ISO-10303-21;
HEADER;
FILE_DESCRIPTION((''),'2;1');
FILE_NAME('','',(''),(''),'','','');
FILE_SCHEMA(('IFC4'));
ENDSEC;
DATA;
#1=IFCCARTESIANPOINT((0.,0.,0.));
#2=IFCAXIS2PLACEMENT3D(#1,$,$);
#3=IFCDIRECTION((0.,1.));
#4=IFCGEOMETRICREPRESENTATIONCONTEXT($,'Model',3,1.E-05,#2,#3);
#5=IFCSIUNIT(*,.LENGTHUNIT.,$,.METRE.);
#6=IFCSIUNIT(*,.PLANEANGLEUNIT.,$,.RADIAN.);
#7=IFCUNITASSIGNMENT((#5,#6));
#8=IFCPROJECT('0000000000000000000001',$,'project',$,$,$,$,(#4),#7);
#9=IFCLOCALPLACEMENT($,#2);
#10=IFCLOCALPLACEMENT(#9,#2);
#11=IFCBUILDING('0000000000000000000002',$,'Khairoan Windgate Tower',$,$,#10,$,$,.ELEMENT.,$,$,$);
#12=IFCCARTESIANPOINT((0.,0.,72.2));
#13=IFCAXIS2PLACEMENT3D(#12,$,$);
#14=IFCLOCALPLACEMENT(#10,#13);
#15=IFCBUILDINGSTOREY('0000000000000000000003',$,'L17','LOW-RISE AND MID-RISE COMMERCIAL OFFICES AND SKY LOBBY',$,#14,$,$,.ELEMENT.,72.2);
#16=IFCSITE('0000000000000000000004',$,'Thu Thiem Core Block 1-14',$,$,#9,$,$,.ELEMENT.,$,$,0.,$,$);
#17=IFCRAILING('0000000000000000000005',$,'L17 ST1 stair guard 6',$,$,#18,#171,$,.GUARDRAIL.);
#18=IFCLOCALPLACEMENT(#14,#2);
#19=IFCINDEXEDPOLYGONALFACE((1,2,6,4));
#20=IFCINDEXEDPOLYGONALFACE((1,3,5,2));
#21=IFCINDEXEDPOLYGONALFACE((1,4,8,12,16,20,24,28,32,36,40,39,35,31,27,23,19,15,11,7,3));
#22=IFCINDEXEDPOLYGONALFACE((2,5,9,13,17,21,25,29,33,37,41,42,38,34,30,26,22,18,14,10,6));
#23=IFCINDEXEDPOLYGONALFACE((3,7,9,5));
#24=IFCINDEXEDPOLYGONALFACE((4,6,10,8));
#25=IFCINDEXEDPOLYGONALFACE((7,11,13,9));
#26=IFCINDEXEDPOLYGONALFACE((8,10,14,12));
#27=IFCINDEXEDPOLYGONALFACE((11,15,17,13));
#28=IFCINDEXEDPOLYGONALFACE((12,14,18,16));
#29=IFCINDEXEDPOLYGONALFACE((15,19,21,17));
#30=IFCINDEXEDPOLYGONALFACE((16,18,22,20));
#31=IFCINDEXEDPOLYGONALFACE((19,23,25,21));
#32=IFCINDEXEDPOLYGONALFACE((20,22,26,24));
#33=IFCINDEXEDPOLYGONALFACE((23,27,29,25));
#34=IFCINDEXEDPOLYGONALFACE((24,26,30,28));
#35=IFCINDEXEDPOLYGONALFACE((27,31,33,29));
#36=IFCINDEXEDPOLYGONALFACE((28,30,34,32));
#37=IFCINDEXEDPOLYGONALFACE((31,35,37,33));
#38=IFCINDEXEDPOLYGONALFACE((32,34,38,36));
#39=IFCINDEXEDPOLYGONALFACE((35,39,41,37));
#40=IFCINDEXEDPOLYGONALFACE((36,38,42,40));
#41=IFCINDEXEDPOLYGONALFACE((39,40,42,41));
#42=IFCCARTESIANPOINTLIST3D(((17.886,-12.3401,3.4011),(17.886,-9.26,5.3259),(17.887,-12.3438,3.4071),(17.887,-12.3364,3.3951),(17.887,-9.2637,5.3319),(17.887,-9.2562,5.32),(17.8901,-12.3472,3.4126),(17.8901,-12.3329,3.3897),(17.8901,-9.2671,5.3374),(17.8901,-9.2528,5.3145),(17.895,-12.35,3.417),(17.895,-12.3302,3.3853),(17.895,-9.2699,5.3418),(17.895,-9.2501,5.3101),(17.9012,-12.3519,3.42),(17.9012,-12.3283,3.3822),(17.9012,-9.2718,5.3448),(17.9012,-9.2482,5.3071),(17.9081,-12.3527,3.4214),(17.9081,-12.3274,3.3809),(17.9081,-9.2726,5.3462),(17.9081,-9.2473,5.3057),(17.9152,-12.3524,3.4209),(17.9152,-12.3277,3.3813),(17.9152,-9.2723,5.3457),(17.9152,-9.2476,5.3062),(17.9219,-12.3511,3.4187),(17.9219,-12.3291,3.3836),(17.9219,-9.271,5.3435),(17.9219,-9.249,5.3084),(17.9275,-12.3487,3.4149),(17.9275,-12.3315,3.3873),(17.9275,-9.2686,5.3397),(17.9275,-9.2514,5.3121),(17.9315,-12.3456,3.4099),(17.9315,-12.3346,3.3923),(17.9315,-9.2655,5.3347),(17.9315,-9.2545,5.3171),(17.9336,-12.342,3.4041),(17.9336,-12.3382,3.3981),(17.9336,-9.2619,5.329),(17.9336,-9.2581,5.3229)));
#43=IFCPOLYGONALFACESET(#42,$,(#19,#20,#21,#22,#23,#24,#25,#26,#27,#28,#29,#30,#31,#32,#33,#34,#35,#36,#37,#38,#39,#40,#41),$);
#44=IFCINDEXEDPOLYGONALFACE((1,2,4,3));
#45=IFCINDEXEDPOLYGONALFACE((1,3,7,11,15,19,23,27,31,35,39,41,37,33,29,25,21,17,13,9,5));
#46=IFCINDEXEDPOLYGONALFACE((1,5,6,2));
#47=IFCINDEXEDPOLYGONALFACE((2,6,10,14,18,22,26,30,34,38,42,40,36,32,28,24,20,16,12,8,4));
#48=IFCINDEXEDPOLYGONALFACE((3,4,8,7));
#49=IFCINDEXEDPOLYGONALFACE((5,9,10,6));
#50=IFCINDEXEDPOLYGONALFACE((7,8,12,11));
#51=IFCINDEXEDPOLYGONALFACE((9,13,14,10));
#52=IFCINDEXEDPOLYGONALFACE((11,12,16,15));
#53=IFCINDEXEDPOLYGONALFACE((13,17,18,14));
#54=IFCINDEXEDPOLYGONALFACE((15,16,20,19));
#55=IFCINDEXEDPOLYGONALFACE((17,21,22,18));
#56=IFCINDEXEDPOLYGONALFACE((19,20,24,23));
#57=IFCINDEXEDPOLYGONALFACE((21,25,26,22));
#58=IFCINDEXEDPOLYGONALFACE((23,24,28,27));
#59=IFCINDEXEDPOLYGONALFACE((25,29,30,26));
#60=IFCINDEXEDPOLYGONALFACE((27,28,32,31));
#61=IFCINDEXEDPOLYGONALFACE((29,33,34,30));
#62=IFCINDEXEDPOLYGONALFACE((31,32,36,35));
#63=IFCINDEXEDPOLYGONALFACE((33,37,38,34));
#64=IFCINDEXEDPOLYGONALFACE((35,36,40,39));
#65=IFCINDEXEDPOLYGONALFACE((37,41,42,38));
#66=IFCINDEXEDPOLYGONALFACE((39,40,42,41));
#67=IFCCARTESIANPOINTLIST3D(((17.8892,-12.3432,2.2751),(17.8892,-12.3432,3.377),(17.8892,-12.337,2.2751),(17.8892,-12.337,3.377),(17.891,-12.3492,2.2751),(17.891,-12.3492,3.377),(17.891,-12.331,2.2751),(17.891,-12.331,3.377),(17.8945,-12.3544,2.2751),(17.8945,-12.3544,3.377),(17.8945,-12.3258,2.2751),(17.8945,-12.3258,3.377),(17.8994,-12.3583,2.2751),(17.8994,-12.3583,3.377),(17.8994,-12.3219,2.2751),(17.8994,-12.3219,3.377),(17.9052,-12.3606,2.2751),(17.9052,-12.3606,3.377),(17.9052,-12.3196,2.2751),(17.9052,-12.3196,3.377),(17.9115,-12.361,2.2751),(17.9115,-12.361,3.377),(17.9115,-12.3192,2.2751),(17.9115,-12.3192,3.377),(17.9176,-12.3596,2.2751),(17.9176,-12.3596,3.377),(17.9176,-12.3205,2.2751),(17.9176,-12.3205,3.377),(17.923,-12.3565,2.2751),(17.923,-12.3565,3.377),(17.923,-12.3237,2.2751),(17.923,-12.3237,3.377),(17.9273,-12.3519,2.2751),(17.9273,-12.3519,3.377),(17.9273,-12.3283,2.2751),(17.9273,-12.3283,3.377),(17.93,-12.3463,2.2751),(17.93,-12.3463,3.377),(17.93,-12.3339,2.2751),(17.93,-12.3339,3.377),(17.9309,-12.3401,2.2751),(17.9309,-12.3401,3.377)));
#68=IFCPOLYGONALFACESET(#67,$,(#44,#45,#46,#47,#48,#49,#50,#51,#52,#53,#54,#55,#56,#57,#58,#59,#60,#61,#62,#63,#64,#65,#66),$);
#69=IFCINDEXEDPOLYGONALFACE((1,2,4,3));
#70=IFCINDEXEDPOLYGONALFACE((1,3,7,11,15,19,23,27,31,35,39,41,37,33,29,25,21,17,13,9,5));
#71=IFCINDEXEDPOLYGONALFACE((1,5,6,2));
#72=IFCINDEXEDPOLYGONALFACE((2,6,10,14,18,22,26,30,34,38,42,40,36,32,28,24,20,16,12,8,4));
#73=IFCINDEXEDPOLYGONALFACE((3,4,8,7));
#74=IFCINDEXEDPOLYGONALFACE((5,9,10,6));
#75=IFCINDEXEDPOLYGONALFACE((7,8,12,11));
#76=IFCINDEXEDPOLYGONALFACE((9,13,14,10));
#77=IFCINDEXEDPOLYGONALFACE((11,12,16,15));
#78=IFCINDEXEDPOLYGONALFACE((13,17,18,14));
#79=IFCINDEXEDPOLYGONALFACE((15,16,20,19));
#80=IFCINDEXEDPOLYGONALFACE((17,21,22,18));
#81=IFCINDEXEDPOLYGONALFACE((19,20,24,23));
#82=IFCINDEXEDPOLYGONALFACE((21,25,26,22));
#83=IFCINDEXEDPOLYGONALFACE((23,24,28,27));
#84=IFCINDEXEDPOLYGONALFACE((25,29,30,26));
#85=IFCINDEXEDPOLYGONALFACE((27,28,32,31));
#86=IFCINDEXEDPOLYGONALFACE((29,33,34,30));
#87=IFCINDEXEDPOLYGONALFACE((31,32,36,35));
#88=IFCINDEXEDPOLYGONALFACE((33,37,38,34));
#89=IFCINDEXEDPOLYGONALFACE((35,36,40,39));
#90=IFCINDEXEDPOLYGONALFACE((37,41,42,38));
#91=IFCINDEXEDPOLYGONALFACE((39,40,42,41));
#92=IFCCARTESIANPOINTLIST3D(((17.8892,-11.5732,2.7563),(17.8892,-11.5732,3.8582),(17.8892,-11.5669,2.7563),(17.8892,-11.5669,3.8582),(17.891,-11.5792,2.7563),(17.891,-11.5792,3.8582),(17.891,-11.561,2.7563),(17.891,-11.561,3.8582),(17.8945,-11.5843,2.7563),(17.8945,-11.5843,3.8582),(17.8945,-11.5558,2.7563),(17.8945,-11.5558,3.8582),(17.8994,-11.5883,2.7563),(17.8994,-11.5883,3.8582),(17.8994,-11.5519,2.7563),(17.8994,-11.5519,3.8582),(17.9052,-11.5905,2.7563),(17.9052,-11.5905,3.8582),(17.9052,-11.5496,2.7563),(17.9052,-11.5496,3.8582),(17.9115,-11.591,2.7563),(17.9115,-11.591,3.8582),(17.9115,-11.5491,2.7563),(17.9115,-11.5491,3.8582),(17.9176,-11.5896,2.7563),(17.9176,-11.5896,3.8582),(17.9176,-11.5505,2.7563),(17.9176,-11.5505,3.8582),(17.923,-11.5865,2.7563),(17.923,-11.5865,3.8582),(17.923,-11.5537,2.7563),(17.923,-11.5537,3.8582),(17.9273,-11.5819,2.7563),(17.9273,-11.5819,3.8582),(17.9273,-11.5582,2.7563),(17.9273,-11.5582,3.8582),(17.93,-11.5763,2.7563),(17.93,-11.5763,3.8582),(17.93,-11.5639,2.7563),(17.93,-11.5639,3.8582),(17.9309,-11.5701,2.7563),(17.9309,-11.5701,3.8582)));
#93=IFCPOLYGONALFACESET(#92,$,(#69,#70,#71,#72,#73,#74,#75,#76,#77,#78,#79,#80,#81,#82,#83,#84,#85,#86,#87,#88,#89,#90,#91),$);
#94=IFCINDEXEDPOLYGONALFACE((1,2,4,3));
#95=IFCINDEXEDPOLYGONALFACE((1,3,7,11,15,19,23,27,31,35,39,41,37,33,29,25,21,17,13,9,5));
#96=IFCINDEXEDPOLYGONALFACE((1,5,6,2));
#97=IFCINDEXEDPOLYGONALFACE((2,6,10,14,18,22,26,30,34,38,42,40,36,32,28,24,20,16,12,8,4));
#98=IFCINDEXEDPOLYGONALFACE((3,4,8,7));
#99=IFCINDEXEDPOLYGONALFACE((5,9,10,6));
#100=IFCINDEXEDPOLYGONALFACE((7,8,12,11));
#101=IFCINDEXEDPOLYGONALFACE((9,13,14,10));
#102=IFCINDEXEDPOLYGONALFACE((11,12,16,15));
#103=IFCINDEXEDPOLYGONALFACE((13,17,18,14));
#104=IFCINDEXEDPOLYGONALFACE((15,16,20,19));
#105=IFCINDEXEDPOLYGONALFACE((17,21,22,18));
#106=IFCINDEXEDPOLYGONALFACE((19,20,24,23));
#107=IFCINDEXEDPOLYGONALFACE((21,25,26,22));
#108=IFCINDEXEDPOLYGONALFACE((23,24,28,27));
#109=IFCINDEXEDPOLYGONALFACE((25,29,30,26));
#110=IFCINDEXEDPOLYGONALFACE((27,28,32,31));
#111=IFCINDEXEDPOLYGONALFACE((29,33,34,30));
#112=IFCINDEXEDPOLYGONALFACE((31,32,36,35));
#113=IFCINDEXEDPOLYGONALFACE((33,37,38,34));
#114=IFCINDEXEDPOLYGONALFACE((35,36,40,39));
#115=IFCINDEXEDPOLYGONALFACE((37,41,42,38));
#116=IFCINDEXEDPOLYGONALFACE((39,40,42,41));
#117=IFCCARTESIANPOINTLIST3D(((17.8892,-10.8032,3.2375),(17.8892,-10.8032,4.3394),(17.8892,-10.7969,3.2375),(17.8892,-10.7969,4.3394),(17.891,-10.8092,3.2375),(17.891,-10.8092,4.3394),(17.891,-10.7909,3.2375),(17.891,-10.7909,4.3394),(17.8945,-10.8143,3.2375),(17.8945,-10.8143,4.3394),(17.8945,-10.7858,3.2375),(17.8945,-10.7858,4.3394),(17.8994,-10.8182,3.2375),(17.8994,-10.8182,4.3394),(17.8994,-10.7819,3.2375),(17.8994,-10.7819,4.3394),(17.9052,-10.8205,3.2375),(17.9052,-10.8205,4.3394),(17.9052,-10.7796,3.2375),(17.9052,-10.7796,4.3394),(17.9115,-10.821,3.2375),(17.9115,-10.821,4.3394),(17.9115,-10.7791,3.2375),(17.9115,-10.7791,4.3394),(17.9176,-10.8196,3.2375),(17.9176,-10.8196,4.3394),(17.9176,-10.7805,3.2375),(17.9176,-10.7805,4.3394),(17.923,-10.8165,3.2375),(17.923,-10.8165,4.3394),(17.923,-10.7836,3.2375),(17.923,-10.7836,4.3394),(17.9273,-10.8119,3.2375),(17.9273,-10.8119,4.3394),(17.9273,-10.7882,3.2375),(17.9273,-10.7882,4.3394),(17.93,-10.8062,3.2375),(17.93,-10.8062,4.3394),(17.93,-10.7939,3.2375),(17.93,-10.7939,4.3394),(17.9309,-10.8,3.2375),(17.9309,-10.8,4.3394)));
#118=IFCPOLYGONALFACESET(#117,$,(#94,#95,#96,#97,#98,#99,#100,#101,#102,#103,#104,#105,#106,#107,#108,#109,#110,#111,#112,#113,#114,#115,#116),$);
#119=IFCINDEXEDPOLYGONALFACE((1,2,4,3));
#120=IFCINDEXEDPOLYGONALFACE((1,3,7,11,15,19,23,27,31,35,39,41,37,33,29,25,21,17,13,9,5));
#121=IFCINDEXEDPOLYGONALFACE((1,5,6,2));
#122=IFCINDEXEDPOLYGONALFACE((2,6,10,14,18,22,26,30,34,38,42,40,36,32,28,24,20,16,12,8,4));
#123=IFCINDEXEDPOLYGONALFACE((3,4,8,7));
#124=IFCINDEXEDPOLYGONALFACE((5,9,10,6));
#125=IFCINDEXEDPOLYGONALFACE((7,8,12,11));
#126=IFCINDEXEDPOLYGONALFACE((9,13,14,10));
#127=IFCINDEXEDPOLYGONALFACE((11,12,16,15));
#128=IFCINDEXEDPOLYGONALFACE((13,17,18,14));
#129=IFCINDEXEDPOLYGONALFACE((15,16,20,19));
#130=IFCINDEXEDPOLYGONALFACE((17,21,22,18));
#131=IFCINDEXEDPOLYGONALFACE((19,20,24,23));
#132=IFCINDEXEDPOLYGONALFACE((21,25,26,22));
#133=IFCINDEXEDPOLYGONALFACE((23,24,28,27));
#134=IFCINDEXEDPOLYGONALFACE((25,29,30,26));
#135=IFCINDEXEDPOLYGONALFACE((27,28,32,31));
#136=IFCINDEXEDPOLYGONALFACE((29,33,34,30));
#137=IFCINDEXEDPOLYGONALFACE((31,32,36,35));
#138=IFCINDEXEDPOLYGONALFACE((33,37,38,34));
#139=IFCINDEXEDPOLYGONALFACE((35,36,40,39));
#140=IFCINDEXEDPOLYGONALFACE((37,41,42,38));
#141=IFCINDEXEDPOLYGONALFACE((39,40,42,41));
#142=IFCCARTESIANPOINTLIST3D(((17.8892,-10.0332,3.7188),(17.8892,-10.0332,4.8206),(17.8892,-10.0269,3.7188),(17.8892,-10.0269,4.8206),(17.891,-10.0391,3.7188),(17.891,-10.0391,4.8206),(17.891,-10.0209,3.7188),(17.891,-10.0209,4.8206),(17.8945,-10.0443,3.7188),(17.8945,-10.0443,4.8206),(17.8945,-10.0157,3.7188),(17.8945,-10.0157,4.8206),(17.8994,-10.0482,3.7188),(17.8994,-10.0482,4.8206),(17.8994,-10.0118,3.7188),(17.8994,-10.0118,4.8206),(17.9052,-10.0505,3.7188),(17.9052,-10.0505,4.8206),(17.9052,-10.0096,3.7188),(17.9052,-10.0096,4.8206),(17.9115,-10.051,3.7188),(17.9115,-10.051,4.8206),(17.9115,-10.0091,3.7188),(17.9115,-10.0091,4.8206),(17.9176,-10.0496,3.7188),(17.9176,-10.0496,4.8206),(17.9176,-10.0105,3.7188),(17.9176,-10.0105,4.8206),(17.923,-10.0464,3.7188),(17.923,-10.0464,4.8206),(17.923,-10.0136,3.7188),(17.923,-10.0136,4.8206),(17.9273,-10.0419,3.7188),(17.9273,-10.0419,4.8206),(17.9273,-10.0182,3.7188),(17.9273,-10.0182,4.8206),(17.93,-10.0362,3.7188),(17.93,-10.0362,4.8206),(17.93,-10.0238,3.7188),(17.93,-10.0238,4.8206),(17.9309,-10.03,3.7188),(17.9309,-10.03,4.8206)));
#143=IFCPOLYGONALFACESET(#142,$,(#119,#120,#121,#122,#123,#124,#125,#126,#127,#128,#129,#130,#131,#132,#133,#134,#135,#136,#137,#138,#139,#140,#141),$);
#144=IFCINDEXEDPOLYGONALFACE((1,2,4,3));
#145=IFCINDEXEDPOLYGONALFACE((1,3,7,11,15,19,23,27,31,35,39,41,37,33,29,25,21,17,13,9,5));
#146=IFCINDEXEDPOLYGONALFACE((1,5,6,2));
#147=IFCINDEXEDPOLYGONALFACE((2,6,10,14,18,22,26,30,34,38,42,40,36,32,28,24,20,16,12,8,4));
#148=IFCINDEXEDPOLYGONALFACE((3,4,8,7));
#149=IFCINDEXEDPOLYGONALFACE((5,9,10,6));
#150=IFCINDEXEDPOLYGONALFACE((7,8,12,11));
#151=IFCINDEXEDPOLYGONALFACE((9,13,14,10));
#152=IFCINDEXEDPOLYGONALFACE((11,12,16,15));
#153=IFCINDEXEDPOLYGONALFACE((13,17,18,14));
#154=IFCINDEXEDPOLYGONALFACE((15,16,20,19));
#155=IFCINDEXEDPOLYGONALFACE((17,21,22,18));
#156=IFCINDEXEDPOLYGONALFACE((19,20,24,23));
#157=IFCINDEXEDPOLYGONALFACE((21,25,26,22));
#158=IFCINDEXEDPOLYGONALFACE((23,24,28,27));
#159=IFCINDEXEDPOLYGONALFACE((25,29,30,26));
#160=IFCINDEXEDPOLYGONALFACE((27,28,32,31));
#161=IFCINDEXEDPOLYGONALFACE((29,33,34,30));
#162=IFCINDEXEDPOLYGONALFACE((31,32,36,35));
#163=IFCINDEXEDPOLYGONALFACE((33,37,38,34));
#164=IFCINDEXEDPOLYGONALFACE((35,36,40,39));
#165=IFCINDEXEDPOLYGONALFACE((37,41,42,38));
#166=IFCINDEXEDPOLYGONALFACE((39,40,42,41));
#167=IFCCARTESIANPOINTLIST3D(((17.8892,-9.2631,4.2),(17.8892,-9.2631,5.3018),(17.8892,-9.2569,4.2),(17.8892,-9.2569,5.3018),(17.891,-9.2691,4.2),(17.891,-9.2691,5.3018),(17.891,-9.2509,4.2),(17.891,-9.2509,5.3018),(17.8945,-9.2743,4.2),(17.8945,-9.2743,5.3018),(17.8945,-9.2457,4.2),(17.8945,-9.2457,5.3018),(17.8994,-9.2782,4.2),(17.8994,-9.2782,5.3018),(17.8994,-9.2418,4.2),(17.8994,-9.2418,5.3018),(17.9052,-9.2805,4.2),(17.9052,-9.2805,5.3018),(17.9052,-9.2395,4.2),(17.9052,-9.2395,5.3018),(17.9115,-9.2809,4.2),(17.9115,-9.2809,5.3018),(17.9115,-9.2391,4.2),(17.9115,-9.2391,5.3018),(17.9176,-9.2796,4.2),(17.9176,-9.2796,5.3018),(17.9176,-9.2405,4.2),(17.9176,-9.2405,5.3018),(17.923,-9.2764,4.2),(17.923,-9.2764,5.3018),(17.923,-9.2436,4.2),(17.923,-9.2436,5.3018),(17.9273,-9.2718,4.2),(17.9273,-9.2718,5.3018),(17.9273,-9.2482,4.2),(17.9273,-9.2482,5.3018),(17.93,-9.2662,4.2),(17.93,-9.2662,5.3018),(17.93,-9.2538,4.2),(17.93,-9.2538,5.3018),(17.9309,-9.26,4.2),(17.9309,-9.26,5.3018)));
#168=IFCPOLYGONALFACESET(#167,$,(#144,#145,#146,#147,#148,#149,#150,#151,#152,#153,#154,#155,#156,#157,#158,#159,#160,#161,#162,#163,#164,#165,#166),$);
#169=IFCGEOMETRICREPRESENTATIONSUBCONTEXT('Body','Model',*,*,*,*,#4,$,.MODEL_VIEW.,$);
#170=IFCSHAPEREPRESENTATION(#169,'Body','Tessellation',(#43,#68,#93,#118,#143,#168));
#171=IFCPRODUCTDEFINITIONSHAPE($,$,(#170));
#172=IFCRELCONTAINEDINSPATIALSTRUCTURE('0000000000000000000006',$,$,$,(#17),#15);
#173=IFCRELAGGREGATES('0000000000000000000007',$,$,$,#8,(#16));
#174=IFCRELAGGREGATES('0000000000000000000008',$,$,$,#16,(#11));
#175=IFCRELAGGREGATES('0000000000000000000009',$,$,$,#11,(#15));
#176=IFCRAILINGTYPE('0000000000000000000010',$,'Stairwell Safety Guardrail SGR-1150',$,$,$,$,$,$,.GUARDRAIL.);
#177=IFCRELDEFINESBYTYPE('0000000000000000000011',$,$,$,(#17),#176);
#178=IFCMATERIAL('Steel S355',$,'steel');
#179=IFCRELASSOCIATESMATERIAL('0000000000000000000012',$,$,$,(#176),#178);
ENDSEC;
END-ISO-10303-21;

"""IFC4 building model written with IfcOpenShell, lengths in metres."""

from ifc_helpers import new_model, si_unit, direction, frame, origin, origin_2d, place, context, subcontext, project, spatial, circle, extrude, material, type_object, element, save


model = new_model("IFC4")

# Units and contexts
model_context = context("Model", 3, precision=1e-05, world=origin(), true_north=direction((0.0, 1.0)))
body_context = subcontext(model_context, "Body", "Model", "MODEL_VIEW")
ifc_project = project(units=[si_unit("LENGTHUNIT", "METRE"), si_unit("PLANEANGLEUNIT", "RADIAN")], contexts=[model_context])

# Site, building, storey
site_placement = place(None, origin())
site = spatial("IfcSite", under=ifc_project, at=site_placement, Name="Thu Thiem Core Block 1-14", CompositionType="ELEMENT", RefElevation=0.0)
building_placement = place(site_placement, origin())
building = spatial("IfcBuilding", under=site, at=building_placement, Name="Khairoan Windgate Tower", CompositionType="ELEMENT")
storey_placement = place(building_placement, frame((0.0, 0.0, 72.2)))
storey = spatial("IfcBuildingStorey", under=building, at=storey_placement, Name="L17", Description="LOW-RISE AND MID-RISE COMMERCIAL OFFICES AND SKY LOBBY", CompositionType="ELEMENT", Elevation=72.2)

# Railing
ifc_material_1 = material(Name="Steel S355", Category="steel")
railing_type_1 = type_object("IfcRailingType", Name="Stairwell Safety Guardrail SGR-1150", PredefinedType="GUARDRAIL", material=ifc_material_1)
railing_1_placement = place(storey_placement, frame((17.9099, -12.3401, 2.2751)))
element("IfcRailing", 1, at=railing_1_placement, inside=storey, type_object=railing_type_1, Name="L17 ST1 stair guard 6", PredefinedType="GUARDRAIL", context=body_context, shape_type="SweptSolid", body=[
    extrude(circle(Radius=0.0239, at=origin_2d()), frame((0.0, 0.0, 1.126), z_axis=(0.0, 0.848029, 0.529951), x_axis=(-1.0, 0.0, 0.0)), (0.0, 0.0, 1.0), 3.6321),
    extrude(circle(Radius=0.021, at=origin_2d()), origin(), (0.0, 0.0, 1.0), 1.1018),
    extrude(circle(Radius=0.021, at=origin_2d()), frame((0.0, 0.77, 0.4812)), (0.0, 0.0, 1.0), 1.1018),
    extrude(circle(Radius=0.021, at=origin_2d()), frame((0.0, 1.54, 0.9624)), (0.0, 0.0, 1.0), 1.1018),
    extrude(circle(Radius=0.021, at=origin_2d()), frame((0.0, 2.3101, 1.4436)), (0.0, 0.0, 1.0), 1.1018),
    extrude(circle(Radius=0.021, at=origin_2d()), frame((0.0, 3.0801, 1.9248)), (0.0, 0.0, 1.0), 1.1018),
])

save(model, "model.ifc")
